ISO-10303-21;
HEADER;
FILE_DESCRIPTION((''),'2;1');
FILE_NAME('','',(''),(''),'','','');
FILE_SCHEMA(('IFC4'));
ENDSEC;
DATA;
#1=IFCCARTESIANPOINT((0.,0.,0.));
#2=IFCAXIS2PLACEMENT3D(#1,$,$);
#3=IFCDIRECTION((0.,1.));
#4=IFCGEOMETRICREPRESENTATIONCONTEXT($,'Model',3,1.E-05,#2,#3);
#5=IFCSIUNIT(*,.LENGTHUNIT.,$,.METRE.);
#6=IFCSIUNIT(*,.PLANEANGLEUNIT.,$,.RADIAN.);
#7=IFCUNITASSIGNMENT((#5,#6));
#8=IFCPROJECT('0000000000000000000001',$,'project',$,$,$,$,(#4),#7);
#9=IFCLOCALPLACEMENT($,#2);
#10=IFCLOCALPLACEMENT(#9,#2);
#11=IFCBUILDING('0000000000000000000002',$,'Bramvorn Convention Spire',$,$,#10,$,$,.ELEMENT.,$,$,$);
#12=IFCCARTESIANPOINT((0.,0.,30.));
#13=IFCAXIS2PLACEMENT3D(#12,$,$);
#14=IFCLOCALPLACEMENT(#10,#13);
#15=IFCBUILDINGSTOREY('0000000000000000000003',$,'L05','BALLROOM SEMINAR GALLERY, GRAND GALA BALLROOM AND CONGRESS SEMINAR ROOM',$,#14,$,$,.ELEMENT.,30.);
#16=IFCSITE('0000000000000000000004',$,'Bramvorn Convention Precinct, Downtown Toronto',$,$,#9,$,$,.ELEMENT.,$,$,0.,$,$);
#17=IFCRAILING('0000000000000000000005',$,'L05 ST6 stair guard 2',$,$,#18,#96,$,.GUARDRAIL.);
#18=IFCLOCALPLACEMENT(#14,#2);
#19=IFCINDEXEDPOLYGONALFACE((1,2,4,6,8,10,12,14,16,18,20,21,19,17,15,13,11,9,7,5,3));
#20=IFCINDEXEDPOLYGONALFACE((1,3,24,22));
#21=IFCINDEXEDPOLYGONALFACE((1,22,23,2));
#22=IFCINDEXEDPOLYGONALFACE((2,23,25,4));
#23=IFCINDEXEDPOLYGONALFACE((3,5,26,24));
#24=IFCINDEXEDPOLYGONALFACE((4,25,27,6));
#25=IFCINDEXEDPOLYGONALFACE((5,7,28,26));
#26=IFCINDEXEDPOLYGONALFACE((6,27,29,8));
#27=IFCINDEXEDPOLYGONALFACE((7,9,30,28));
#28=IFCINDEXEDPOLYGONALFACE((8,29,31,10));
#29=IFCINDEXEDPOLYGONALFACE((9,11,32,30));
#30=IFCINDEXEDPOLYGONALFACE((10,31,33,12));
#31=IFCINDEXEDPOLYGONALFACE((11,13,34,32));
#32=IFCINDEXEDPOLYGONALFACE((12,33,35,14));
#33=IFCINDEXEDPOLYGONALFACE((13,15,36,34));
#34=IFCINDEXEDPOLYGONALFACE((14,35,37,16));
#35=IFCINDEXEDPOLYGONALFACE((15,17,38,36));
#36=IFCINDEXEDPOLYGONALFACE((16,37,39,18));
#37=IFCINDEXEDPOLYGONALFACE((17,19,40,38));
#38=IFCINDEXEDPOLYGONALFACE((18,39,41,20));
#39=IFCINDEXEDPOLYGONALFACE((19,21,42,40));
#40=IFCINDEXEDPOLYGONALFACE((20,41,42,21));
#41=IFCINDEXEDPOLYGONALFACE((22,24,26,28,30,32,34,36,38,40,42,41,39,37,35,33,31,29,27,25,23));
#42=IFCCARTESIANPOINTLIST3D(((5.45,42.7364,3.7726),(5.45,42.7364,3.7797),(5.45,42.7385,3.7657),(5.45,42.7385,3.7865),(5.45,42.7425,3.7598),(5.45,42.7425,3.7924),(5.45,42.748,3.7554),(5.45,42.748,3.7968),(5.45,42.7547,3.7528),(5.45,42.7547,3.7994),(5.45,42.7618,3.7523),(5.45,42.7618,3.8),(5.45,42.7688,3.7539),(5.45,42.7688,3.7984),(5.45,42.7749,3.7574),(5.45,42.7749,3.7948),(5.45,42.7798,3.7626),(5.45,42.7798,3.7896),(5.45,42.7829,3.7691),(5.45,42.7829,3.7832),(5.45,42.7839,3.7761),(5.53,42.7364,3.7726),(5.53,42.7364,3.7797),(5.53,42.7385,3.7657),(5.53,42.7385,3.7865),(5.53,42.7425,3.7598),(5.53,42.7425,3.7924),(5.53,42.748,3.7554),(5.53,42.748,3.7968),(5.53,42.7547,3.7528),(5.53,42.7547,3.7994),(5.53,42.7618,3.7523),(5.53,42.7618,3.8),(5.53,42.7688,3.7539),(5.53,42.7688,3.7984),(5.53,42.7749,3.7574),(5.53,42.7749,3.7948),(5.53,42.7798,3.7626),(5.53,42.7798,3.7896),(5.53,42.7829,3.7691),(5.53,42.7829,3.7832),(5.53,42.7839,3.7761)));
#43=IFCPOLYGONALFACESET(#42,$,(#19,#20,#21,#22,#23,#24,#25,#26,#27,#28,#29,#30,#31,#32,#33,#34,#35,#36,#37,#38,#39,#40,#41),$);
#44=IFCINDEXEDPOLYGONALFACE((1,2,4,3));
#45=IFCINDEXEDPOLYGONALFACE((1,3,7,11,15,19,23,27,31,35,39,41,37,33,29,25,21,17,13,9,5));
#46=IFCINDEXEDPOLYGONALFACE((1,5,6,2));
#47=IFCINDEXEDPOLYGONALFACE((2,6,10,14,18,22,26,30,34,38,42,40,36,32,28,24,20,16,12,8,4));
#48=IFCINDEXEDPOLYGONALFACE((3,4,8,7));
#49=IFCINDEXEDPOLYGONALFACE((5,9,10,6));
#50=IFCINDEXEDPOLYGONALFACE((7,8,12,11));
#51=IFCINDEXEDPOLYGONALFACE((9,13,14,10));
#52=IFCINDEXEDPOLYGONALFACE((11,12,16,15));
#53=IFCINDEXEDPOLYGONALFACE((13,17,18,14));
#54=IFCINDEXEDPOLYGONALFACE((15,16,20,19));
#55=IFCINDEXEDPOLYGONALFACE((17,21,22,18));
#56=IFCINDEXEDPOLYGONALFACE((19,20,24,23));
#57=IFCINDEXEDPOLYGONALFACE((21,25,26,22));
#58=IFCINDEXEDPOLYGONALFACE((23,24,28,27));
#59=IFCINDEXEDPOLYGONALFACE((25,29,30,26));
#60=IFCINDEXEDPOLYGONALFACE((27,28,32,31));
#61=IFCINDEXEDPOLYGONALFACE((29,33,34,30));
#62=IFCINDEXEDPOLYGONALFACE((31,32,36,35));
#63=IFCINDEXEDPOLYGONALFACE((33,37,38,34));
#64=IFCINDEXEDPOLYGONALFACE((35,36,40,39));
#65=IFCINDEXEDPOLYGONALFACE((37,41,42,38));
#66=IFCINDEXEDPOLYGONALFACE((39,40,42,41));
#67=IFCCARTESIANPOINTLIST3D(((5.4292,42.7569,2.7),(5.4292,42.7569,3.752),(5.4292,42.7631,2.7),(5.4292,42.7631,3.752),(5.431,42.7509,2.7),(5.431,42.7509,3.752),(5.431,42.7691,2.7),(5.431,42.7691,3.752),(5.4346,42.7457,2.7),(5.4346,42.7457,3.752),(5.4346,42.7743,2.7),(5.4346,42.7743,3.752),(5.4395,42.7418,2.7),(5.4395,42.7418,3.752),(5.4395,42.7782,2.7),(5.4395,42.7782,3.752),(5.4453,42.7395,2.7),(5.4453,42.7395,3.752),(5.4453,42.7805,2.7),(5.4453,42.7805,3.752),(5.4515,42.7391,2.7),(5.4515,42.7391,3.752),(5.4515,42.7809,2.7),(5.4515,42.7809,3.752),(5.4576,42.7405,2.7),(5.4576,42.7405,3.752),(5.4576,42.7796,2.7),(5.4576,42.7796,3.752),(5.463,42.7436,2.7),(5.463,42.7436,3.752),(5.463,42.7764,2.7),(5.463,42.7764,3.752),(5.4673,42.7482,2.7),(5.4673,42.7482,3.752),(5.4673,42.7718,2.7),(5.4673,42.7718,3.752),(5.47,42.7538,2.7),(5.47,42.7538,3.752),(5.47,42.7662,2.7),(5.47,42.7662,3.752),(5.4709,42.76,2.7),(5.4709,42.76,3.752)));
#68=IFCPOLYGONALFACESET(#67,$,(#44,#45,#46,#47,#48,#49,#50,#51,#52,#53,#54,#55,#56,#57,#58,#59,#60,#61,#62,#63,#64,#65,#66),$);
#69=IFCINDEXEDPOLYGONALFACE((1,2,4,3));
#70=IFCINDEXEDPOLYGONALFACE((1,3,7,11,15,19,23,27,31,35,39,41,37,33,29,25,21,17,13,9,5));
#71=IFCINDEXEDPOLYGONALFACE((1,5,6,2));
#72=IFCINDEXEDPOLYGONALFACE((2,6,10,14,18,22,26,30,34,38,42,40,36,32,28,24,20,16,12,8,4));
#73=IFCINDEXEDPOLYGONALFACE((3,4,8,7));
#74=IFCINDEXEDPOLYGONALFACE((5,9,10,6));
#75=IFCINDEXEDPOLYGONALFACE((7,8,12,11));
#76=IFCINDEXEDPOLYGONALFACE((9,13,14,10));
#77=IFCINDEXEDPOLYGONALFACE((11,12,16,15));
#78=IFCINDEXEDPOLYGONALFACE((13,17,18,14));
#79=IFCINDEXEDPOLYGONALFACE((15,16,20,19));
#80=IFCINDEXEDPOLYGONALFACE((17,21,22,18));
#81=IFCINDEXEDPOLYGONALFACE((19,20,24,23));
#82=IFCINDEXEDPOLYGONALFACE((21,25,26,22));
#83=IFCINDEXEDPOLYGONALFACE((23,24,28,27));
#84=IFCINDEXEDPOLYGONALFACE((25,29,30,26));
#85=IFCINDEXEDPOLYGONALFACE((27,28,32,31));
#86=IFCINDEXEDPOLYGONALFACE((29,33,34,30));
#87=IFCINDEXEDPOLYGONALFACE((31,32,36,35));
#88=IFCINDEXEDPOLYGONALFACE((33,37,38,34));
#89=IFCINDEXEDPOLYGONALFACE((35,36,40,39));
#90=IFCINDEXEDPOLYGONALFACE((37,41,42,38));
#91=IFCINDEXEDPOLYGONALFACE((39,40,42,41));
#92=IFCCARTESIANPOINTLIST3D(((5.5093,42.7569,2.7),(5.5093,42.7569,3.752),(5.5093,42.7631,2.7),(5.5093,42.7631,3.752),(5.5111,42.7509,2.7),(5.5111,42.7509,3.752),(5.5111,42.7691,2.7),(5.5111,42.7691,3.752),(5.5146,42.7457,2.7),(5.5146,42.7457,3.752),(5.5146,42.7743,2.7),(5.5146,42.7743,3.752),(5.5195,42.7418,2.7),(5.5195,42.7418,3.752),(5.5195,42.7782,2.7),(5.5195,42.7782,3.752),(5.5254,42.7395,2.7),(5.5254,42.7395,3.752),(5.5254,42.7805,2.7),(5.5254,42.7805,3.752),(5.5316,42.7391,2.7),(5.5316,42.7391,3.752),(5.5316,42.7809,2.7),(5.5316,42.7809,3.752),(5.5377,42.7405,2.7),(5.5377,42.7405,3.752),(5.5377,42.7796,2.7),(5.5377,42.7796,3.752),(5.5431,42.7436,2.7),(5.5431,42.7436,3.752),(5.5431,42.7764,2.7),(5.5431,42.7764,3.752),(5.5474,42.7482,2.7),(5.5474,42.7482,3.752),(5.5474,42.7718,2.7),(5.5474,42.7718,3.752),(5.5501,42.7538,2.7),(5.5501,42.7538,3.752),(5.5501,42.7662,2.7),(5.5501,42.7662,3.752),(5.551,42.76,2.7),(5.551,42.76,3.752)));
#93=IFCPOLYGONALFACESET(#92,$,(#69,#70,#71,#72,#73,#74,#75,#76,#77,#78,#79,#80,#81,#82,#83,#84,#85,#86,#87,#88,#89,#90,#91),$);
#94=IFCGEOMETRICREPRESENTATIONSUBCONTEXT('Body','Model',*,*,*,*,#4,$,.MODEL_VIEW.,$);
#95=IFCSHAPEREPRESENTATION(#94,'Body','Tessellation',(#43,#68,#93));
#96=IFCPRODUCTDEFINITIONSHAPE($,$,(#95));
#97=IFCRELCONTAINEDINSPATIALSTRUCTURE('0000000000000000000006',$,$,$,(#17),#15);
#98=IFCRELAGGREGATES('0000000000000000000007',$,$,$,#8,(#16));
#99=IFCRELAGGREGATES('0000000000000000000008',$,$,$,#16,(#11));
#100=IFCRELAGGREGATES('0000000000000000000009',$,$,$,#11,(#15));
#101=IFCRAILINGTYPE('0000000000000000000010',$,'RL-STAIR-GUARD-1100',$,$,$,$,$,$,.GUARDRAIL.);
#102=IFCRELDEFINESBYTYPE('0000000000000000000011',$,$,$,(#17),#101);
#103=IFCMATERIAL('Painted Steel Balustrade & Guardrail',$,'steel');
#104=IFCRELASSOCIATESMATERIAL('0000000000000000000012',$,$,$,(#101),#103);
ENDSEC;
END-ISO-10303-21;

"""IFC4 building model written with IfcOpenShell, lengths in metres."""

from ifc_helpers import new_model, si_unit, direction, frame, origin, origin_2d, place, context, subcontext, project, spatial, circle, extrude, material, type_object, element, save


model = new_model("IFC4")

# Units and contexts
model_context = context("Model", 3, precision=1e-05, world=origin(), true_north=direction((0.0, 1.0)))
body_context = subcontext(model_context, "Body", "Model", "MODEL_VIEW")
ifc_project = project(units=[si_unit("LENGTHUNIT", "METRE"), si_unit("PLANEANGLEUNIT", "RADIAN")], contexts=[model_context])

# Site, building, storey
site_placement = place(None, origin())
site = spatial("IfcSite", under=ifc_project, at=site_placement, Name="Bramvorn Convention Precinct, Downtown Toronto", CompositionType="ELEMENT", RefElevation=0.0)
building_placement = place(site_placement, origin())
building = spatial("IfcBuilding", under=site, at=building_placement, Name="Bramvorn Convention Spire", CompositionType="ELEMENT")
storey_placement = place(building_placement, frame((0.0, 0.0, 30.0)))
storey = spatial("IfcBuildingStorey", under=building, at=storey_placement, Name="L05", Description="BALLROOM SEMINAR GALLERY, GRAND GALA BALLROOM AND CONGRESS SEMINAR ROOM", CompositionType="ELEMENT", Elevation=30.0)

# Railing
ifc_material_1 = material(Name="Painted Steel Balustrade & Guardrail", Category="steel")
railing_type = type_object("IfcRailingType", Name="RL-STAIR-GUARD-1100", PredefinedType="GUARDRAIL", material=ifc_material_1)
railing_1_placement = place(storey_placement, frame((5.45, 42.76, 2.7)))
element("IfcRailing", 1, at=railing_1_placement, inside=storey, type_object=railing_type, Name="L05 ST6 stair guard 2", PredefinedType="GUARDRAIL", context=body_context, shape_type="SweptSolid", body=[
    extrude(circle(Radius=0.0239, at=origin_2d()), frame((0.0, 0.0, 1.0762), z_axis=(1.0, 0.0, 0.0), x_axis=(0.0, 1.0, 0.0)), (0.0, 0.0, 1.0), 0.0801),
    extrude(circle(Radius=0.021, at=origin_2d()), origin(), (0.0, 0.0, 1.0), 1.052),
    extrude(circle(Radius=0.021, at=origin_2d()), frame((0.0801, 0.0, 0.0)), (0.0, 0.0, 1.0), 1.052),
])

save(model, "model.ifc")
